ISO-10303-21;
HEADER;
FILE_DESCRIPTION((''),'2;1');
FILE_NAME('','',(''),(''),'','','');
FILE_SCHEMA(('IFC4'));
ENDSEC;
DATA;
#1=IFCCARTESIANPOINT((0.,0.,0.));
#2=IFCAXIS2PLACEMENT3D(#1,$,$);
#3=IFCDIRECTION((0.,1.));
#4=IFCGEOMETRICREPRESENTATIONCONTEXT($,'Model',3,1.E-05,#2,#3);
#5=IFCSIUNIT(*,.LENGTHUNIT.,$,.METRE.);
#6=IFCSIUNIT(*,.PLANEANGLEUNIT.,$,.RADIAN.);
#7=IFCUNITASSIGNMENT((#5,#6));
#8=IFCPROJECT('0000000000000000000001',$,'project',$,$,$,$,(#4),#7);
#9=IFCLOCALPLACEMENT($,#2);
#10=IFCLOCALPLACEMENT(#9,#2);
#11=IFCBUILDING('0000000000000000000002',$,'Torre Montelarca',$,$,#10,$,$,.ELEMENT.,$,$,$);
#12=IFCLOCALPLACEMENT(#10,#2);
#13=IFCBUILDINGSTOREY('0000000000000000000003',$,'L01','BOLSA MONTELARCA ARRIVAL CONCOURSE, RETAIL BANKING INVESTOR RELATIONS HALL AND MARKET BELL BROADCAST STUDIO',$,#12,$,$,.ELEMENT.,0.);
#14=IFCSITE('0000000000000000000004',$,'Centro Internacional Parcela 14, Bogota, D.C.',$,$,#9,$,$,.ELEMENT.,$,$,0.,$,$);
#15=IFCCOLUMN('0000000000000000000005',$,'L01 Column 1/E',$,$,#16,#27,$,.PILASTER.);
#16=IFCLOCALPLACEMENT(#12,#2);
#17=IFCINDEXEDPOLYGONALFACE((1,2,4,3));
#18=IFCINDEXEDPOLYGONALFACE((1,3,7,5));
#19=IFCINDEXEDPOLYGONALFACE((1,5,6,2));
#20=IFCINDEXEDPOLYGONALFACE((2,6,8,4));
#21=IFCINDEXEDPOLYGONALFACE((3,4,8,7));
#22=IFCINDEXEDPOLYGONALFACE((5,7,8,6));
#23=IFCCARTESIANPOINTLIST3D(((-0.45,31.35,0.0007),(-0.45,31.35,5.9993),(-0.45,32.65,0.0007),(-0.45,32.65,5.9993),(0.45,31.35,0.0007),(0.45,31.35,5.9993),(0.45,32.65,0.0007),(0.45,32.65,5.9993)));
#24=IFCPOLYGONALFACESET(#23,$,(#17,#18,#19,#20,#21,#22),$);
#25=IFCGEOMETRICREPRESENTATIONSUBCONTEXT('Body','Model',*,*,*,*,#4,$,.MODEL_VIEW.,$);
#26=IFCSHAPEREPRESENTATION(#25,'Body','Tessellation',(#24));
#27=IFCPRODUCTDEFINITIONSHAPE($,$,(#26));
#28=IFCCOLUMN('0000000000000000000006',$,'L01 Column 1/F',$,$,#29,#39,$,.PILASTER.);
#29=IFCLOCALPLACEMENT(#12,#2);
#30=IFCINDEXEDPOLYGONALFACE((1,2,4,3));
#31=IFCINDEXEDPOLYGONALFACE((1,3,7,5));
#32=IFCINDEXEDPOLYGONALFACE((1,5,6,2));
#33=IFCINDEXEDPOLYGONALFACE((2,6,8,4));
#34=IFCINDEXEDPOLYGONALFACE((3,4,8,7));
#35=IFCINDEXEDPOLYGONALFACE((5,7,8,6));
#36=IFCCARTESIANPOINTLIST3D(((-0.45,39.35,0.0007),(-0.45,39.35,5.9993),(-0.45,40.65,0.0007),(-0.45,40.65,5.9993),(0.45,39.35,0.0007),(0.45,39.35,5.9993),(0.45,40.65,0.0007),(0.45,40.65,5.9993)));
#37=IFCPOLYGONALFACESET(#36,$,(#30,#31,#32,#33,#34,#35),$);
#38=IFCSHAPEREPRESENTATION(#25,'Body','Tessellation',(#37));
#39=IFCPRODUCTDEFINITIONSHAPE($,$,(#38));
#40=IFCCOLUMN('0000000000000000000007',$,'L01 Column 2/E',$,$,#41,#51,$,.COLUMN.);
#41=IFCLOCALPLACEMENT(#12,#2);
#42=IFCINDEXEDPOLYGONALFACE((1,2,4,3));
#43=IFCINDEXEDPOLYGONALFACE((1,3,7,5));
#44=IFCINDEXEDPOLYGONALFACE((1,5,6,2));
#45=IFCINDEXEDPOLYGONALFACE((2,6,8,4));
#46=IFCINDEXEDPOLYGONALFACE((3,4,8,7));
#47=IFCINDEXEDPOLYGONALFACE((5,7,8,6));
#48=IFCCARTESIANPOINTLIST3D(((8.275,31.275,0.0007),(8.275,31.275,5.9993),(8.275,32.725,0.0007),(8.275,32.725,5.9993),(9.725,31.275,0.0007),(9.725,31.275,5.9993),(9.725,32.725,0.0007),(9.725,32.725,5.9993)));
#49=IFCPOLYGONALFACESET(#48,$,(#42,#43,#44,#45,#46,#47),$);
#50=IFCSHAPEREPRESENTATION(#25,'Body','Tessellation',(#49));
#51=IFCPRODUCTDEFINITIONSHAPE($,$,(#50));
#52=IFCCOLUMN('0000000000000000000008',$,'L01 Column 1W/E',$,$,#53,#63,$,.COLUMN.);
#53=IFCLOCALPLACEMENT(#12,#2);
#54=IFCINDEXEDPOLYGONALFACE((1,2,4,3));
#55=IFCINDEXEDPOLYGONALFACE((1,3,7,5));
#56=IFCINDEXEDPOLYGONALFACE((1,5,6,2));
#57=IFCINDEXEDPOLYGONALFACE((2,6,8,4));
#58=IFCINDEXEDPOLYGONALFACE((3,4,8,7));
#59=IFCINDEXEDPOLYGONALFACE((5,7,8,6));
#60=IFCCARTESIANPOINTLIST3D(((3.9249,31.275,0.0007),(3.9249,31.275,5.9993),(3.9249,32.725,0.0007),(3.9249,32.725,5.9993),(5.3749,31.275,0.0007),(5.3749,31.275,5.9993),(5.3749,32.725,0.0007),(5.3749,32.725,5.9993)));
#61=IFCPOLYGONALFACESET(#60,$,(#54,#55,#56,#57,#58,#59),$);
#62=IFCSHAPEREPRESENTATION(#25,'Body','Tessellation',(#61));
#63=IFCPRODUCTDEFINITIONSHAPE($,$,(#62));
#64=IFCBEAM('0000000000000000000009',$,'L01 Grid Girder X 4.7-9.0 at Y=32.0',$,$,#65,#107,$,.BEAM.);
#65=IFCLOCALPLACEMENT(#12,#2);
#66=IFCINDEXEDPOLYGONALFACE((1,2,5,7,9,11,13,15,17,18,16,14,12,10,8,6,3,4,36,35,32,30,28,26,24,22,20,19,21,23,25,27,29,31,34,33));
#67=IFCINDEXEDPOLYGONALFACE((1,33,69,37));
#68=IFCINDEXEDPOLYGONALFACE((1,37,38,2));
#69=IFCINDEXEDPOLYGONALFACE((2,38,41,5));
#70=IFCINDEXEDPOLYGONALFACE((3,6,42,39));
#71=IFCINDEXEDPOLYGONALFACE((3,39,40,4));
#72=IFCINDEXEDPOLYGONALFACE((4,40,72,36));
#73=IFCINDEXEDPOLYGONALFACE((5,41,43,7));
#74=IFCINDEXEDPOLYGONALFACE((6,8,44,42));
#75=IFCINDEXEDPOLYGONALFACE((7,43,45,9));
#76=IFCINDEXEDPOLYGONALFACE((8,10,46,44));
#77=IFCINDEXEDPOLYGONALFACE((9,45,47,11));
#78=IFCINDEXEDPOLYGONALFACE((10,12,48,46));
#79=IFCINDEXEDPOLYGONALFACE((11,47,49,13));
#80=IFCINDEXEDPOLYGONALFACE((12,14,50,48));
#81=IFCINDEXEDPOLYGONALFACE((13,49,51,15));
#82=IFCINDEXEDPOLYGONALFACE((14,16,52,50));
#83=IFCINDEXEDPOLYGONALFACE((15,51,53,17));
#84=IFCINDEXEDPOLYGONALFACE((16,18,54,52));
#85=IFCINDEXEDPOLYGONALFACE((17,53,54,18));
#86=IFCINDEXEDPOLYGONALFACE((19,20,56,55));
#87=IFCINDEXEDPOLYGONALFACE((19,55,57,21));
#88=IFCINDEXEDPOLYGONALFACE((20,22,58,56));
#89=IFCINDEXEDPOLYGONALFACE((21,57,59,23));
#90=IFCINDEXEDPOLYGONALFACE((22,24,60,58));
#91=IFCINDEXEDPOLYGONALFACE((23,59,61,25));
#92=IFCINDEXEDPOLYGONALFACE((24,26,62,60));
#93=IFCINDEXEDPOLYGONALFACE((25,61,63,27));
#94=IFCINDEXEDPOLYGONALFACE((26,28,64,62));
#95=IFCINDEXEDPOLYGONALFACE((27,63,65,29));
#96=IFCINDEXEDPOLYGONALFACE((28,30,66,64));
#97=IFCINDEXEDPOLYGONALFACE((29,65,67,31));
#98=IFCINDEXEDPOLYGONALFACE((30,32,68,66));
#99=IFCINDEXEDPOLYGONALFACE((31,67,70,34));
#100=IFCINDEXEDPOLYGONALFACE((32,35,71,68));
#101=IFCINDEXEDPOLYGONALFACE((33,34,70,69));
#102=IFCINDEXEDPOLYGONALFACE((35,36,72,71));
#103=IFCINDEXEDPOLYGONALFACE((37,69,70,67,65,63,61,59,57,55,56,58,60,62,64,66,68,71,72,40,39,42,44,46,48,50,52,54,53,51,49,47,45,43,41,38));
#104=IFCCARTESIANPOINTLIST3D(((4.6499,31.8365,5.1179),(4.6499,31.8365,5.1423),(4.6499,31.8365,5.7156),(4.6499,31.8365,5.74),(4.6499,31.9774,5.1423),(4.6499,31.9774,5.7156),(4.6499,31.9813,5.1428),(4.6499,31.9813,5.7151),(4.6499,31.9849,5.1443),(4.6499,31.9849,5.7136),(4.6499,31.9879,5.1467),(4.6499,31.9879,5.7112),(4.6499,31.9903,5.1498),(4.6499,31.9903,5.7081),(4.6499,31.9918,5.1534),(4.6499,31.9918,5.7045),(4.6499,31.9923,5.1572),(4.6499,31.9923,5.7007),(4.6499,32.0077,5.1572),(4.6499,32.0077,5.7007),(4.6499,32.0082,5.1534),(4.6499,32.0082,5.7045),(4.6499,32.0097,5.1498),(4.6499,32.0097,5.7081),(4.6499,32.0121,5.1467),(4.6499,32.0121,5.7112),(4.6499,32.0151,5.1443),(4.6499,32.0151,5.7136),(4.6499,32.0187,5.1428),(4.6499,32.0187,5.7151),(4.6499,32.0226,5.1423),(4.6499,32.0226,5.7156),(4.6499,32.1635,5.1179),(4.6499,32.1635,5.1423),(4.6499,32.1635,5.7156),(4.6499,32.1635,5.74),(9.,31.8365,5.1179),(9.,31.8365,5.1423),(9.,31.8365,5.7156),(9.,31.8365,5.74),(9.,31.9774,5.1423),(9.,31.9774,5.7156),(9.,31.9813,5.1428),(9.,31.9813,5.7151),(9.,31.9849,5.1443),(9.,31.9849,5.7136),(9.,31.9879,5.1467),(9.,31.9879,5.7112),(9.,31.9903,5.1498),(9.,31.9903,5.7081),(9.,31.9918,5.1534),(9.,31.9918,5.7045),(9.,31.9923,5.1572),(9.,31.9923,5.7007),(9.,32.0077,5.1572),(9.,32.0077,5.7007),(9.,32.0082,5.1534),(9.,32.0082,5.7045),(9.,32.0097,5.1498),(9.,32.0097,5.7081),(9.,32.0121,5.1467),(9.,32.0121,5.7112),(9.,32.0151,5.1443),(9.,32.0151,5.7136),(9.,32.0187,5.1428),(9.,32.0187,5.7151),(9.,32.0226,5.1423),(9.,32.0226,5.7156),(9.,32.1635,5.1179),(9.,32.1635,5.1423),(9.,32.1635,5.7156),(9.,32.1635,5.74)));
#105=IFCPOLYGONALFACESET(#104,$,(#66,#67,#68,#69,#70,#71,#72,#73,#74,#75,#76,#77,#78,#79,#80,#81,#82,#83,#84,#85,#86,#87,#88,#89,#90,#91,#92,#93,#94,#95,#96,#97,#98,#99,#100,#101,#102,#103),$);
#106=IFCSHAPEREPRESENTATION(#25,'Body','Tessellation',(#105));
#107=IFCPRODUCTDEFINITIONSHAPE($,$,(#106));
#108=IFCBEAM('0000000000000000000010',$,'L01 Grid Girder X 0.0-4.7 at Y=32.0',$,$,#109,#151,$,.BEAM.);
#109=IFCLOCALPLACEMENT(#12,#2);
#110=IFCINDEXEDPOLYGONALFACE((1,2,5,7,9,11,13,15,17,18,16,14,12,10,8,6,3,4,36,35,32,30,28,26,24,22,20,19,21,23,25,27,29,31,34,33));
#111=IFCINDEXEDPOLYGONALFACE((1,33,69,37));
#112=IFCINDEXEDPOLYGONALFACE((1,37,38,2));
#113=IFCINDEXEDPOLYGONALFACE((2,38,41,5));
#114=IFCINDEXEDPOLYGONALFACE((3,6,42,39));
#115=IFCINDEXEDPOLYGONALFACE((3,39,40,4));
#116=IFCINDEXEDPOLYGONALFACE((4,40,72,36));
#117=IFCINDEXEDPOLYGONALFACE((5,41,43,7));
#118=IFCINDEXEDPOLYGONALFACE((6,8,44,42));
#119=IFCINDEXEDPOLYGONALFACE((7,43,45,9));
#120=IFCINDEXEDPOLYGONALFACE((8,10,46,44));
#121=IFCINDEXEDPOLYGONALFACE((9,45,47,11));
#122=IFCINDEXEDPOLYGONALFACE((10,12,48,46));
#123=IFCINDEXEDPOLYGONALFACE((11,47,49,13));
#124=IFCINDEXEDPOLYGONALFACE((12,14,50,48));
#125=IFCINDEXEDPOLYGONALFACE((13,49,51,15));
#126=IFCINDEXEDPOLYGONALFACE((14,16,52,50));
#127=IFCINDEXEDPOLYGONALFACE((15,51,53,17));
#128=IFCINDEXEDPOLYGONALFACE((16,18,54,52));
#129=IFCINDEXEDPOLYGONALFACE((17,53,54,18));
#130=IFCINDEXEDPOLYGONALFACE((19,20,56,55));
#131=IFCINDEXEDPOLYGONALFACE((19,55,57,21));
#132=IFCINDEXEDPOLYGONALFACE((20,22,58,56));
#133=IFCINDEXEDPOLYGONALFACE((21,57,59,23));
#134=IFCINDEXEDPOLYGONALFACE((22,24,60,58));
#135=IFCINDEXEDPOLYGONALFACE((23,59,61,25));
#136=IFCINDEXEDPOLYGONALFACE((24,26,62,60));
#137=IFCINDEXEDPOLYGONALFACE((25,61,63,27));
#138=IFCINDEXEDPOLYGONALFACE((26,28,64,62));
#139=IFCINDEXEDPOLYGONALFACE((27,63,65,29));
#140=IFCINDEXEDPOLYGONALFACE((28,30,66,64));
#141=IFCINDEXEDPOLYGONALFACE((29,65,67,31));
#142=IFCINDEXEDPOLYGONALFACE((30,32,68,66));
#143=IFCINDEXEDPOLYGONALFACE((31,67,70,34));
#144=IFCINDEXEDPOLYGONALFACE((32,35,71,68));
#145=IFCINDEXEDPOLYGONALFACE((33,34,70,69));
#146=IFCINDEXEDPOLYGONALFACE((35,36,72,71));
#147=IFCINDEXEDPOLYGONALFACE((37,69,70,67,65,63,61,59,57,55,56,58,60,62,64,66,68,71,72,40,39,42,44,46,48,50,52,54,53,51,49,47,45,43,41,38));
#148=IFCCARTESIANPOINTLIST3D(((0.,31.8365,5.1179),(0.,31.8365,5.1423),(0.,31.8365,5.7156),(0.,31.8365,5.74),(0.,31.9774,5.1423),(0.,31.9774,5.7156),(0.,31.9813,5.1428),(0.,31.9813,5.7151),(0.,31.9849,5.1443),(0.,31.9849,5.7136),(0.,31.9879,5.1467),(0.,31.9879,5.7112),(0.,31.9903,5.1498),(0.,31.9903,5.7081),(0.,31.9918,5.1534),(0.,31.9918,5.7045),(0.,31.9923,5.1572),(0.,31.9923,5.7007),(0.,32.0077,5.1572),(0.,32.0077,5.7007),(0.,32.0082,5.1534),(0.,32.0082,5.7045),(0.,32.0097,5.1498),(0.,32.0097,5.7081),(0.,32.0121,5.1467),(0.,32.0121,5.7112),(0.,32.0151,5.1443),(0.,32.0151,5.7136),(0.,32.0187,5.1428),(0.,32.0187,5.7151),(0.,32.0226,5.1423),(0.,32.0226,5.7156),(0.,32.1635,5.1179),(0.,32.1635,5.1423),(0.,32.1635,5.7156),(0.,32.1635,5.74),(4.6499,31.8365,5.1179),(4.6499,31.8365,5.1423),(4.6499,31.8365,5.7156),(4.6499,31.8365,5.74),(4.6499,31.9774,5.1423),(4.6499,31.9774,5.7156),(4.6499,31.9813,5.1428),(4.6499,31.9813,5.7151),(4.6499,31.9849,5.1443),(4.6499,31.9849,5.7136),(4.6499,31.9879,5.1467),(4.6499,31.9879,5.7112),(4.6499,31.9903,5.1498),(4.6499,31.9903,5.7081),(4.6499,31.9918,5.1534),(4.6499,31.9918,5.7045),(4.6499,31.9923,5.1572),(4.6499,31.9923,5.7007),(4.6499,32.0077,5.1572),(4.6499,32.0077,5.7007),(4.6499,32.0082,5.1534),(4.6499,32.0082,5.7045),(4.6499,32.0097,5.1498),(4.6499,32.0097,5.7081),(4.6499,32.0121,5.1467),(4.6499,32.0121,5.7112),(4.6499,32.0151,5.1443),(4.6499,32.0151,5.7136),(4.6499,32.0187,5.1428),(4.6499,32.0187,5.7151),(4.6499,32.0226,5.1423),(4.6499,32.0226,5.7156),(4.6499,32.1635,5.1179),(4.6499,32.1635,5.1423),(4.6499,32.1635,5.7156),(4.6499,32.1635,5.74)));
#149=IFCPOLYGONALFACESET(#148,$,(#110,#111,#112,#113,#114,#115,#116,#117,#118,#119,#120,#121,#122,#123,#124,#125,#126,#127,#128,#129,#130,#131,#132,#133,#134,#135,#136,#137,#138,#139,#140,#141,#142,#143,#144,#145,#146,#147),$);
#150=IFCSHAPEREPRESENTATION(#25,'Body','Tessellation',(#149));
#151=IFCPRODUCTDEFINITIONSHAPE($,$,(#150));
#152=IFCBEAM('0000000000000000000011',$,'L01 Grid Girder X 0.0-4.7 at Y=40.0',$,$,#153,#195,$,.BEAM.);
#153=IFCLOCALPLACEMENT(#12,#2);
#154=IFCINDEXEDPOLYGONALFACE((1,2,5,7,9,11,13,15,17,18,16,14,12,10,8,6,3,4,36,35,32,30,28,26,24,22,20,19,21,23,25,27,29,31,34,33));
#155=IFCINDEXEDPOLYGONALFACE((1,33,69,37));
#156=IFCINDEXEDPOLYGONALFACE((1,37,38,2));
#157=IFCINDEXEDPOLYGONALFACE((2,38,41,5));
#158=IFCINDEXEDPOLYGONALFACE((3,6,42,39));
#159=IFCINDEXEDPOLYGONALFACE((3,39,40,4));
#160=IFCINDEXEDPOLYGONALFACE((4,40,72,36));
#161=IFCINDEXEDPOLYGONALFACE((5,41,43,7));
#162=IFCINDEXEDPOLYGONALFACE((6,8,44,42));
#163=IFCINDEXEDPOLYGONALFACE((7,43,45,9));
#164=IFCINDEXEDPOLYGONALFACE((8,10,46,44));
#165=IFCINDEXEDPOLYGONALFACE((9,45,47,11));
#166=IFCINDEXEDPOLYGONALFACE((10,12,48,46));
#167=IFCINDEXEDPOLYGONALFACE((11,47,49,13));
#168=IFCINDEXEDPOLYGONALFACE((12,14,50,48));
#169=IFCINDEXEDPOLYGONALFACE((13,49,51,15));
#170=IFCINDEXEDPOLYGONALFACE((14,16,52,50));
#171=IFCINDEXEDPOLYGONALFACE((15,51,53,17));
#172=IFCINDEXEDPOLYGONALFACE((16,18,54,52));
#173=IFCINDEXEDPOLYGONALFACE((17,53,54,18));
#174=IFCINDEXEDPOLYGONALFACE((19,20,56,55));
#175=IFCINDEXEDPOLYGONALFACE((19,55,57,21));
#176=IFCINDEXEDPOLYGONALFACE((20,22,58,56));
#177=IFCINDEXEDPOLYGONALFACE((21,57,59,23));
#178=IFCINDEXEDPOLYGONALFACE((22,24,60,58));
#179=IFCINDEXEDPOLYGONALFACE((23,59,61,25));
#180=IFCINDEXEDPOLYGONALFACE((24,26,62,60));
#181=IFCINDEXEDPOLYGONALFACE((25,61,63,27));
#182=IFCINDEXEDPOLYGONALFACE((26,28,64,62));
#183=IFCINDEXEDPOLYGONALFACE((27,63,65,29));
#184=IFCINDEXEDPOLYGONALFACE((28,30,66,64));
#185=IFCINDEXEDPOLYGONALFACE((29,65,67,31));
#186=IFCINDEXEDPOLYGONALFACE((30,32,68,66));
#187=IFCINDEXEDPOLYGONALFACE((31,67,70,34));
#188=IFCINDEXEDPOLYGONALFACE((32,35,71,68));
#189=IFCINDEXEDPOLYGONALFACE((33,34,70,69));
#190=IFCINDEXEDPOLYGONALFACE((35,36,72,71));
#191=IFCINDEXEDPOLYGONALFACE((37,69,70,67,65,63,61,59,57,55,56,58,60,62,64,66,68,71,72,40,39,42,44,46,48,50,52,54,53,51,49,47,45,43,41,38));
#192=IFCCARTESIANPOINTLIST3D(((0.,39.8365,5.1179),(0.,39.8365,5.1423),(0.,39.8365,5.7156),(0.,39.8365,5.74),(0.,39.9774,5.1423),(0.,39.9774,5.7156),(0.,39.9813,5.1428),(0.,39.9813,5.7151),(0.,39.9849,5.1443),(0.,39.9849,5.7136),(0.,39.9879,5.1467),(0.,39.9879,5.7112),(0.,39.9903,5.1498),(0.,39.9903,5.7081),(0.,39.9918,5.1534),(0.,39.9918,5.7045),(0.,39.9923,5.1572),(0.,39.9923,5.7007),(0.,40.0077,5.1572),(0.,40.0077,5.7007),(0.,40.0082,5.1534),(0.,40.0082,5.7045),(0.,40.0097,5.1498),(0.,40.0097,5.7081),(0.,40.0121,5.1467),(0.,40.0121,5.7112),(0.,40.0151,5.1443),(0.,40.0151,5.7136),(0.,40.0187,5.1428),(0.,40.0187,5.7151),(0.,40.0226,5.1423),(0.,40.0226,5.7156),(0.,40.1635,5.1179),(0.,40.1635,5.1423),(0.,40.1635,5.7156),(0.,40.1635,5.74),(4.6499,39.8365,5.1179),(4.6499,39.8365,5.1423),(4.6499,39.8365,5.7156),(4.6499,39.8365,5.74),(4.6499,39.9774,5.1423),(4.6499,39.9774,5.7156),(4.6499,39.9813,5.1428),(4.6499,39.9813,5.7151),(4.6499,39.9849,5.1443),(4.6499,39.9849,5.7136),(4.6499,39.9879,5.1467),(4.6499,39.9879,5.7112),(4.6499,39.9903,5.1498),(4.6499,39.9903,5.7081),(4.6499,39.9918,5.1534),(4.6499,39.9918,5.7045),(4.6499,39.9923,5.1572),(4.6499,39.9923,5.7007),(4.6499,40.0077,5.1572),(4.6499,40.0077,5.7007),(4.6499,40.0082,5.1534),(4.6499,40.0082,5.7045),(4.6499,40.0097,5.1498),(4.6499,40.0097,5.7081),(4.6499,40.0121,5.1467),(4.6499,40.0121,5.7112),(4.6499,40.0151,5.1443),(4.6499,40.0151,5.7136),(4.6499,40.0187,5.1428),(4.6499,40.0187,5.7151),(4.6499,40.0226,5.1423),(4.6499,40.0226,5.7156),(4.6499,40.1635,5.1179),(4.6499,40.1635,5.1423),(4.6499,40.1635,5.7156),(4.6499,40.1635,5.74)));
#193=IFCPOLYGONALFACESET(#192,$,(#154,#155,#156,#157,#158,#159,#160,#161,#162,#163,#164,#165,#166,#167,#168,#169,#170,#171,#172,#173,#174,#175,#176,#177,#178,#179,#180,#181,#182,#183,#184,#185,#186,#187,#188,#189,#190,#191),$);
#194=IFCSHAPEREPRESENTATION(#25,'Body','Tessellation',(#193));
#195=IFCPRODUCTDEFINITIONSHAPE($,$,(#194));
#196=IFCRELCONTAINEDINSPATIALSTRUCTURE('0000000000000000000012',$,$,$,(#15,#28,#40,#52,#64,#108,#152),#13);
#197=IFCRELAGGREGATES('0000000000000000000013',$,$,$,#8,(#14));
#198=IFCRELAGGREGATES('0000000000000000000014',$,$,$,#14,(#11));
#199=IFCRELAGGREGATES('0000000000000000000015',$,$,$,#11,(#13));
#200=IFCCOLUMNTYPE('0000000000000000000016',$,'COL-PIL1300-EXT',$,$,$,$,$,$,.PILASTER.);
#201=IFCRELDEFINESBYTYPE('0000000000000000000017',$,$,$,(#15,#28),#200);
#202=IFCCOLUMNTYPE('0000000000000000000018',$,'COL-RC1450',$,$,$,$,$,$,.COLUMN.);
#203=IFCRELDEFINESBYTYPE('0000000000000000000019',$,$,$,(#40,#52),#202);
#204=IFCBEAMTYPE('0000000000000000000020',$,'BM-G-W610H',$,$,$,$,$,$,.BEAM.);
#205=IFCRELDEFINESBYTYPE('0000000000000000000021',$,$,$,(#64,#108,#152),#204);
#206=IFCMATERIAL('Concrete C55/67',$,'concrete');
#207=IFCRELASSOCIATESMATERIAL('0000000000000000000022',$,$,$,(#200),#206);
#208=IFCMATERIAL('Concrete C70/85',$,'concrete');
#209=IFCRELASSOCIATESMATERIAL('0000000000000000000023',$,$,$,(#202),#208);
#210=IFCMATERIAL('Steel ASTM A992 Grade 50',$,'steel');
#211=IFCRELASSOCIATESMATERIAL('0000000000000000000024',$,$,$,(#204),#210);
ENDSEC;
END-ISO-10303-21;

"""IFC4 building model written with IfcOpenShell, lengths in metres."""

from ifc_helpers import new_model, si_unit, direction, frame, origin, origin_2d, place, context, subcontext, project, spatial, rectangle, i_section, extrude, source, transform, mapped, material, material_profile, profile_set, type_object, element, save


model = new_model("IFC4")

# Units and contexts
model_context = context("Model", 3, precision=1e-05, world=origin(), true_north=direction((0.0, 1.0)))
body_context = subcontext(model_context, "Body", "Model", "MODEL_VIEW")
ifc_project = project(units=[si_unit("LENGTHUNIT", "METRE"), si_unit("PLANEANGLEUNIT", "RADIAN")], contexts=[model_context])

# Site, building, storey
site_placement = place(None, origin())
site = spatial("IfcSite", under=ifc_project, at=site_placement, Name="Centro Internacional Parcela 14, Bogota, D.C.", CompositionType="ELEMENT", RefElevation=0.0)
building_placement = place(site_placement, origin())
building = spatial("IfcBuilding", under=site, at=building_placement, Name="Torre Montelarca", CompositionType="ELEMENT")
storey_placement = place(building_placement, origin())
storey = spatial("IfcBuildingStorey", under=building, at=storey_placement, Name="L01", Description="BOLSA MONTELARCA ARRIVAL CONCOURSE, RETAIL BANKING INVESTOR RELATIONS HALL AND MARKET BELL BROADCAST STUDIO", CompositionType="ELEMENT", Elevation=0.0)

# Columns
ifc_material_1 = material(Name="Concrete C55/67", Category="concrete")
ifc_material_profile_1 = material_profile(ifc_material_1, rectangle(XDim=0.8999, YDim=1.3, at=origin_2d()), Name="RC1300X900", Category="concrete")
ifc_profile_set_1 = profile_set([ifc_material_profile_1], Name="Concrete C55/67")
column_type_1 = type_object("IfcColumnType", Name="COL-PIL1300-EXT", PredefinedType="PILASTER", material=ifc_profile_set_1)
shared_shape_1 = source(origin(), body_context, "Body", "SweptSolid", [
    extrude(rectangle(XDim=0.8999, YDim=1.3, at=origin_2d()), origin(), (0.0, 0.0, 1.0), 5.9985),
])
for number, where, z_axis, x_axis, name in (
    (1, (0.0, 32.0, 0.0007), (0.0, 0.0, 1.0), (1.0, 0.0, 0.0), "L01 Column 1/E"),
    (2, (0.0, 40.0, 0.0007), (0.0, 0.0, 1.0), (1.0, 0.0, 0.0), "L01 Column 1/F"),
):
    element("IfcColumn", number, at=place(storey_placement, frame(where, z_axis=z_axis, x_axis=x_axis)), inside=storey, type_object=column_type_1, Name=name, PredefinedType="PILASTER", context=body_context, shape_type="MappedRepresentation", body=[
        mapped(shared_shape_1, transform((0.0, 0.0, 0.0), scale=1.0)),
    ])
ifc_material_2 = material(Name="Concrete C70/85", Category="concrete")
ifc_material_profile_2 = material_profile(ifc_material_2, rectangle(XDim=1.45, YDim=1.45, at=origin_2d()), Name="RC1450X1450", Category="concrete")
ifc_profile_set_2 = profile_set([ifc_material_profile_2], Name="Concrete C70/85")
column_type_2 = type_object("IfcColumnType", Name="COL-RC1450", PredefinedType="COLUMN", material=ifc_profile_set_2)
shared_shape_2 = source(origin(), body_context, "Body", "SweptSolid", [
    extrude(rectangle(XDim=1.45, YDim=1.45, at=origin_2d()), origin(), (0.0, 0.0, 1.0), 5.9985),
])
for number, where, z_axis, x_axis, name in (
    (3, (9.0, 32.0, 0.0007), (0.0, 0.0, 1.0), (1.0, 0.0, 0.0), "L01 Column 2/E"),
    (4, (4.6499, 32.0, 0.0007), (0.0, 0.0, 1.0), (1.0, 0.0, 0.0), "L01 Column 1W/E"),
):
    element("IfcColumn", number, at=place(storey_placement, frame(where, z_axis=z_axis, x_axis=x_axis)), inside=storey, type_object=column_type_2, Name=name, PredefinedType="COLUMN", context=body_context, shape_type="MappedRepresentation", body=[
        mapped(shared_shape_2, transform((0.0, 0.0, 0.0), scale=1.0)),
    ])

# Beams
ifc_material_3 = material(Name="Steel ASTM A992 Grade 50", Category="steel")
ifc_material_profile_3 = material_profile(ifc_material_3, i_section(OverallWidth=0.3269, OverallDepth=0.6221, WebThickness=0.0154, FlangeThickness=0.0244, FilletRadius=0.0149, at=origin_2d()), Name="W610X195", Category="steel")
ifc_profile_set_3 = profile_set([ifc_material_profile_3], Name="Steel ASTM A992 Grade 50")
beam_type_1 = type_object("IfcBeamType", Name="BM-G-W610H", PredefinedType="BEAM", material=ifc_profile_set_3)
shared_shape_3 = source(origin(), body_context, "Body", "SweptSolid", [
    extrude(i_section(OverallWidth=0.3269, OverallDepth=0.6221, WebThickness=0.0154, FlangeThickness=0.0244, FilletRadius=0.0149, at=origin_2d()), origin(), (0.0, 0.0, 1.0), 4.3501),
])
beam_1_placement = place(storey_placement, frame((4.6499, 32.0, 5.429), z_axis=(1.0, 0.0, 0.0), x_axis=(0.0, 1.0, 0.0)))
element("IfcBeam", 5, at=beam_1_placement, inside=storey, type_object=beam_type_1, Name="L01 Grid Girder X 4.7-9.0 at Y=32.0", PredefinedType="BEAM", context=body_context, shape_type="MappedRepresentation", body=[
    mapped(shared_shape_3, transform((0.0, 0.0, 0.0), scale=1.0)),
])
shared_shape_4 = source(origin(), body_context, "Body", "SweptSolid", [
    extrude(i_section(OverallWidth=0.3269, OverallDepth=0.6221, WebThickness=0.0154, FlangeThickness=0.0244, FilletRadius=0.0149, at=origin_2d()), origin(), (0.0, 0.0, 1.0), 4.6499),
])
for number, where, z_axis, x_axis, name in (
    (6, (0.0, 32.0, 5.429), (1.0, 0.0, 0.0), (0.0, 1.0, 0.0), "L01 Grid Girder X 0.0-4.7 at Y=32.0"),
    (7, (0.0, 40.0, 5.429), (1.0, 0.0, 0.0), (0.0, 1.0, 0.0), "L01 Grid Girder X 0.0-4.7 at Y=40.0"),
):
    element("IfcBeam", number, at=place(storey_placement, frame(where, z_axis=z_axis, x_axis=x_axis)), inside=storey, type_object=beam_type_1, Name=name, PredefinedType="BEAM", context=body_context, shape_type="MappedRepresentation", body=[
        mapped(shared_shape_4, transform((0.0, 0.0, 0.0), scale=1.0)),
    ])

save(model, "model.ifc")
